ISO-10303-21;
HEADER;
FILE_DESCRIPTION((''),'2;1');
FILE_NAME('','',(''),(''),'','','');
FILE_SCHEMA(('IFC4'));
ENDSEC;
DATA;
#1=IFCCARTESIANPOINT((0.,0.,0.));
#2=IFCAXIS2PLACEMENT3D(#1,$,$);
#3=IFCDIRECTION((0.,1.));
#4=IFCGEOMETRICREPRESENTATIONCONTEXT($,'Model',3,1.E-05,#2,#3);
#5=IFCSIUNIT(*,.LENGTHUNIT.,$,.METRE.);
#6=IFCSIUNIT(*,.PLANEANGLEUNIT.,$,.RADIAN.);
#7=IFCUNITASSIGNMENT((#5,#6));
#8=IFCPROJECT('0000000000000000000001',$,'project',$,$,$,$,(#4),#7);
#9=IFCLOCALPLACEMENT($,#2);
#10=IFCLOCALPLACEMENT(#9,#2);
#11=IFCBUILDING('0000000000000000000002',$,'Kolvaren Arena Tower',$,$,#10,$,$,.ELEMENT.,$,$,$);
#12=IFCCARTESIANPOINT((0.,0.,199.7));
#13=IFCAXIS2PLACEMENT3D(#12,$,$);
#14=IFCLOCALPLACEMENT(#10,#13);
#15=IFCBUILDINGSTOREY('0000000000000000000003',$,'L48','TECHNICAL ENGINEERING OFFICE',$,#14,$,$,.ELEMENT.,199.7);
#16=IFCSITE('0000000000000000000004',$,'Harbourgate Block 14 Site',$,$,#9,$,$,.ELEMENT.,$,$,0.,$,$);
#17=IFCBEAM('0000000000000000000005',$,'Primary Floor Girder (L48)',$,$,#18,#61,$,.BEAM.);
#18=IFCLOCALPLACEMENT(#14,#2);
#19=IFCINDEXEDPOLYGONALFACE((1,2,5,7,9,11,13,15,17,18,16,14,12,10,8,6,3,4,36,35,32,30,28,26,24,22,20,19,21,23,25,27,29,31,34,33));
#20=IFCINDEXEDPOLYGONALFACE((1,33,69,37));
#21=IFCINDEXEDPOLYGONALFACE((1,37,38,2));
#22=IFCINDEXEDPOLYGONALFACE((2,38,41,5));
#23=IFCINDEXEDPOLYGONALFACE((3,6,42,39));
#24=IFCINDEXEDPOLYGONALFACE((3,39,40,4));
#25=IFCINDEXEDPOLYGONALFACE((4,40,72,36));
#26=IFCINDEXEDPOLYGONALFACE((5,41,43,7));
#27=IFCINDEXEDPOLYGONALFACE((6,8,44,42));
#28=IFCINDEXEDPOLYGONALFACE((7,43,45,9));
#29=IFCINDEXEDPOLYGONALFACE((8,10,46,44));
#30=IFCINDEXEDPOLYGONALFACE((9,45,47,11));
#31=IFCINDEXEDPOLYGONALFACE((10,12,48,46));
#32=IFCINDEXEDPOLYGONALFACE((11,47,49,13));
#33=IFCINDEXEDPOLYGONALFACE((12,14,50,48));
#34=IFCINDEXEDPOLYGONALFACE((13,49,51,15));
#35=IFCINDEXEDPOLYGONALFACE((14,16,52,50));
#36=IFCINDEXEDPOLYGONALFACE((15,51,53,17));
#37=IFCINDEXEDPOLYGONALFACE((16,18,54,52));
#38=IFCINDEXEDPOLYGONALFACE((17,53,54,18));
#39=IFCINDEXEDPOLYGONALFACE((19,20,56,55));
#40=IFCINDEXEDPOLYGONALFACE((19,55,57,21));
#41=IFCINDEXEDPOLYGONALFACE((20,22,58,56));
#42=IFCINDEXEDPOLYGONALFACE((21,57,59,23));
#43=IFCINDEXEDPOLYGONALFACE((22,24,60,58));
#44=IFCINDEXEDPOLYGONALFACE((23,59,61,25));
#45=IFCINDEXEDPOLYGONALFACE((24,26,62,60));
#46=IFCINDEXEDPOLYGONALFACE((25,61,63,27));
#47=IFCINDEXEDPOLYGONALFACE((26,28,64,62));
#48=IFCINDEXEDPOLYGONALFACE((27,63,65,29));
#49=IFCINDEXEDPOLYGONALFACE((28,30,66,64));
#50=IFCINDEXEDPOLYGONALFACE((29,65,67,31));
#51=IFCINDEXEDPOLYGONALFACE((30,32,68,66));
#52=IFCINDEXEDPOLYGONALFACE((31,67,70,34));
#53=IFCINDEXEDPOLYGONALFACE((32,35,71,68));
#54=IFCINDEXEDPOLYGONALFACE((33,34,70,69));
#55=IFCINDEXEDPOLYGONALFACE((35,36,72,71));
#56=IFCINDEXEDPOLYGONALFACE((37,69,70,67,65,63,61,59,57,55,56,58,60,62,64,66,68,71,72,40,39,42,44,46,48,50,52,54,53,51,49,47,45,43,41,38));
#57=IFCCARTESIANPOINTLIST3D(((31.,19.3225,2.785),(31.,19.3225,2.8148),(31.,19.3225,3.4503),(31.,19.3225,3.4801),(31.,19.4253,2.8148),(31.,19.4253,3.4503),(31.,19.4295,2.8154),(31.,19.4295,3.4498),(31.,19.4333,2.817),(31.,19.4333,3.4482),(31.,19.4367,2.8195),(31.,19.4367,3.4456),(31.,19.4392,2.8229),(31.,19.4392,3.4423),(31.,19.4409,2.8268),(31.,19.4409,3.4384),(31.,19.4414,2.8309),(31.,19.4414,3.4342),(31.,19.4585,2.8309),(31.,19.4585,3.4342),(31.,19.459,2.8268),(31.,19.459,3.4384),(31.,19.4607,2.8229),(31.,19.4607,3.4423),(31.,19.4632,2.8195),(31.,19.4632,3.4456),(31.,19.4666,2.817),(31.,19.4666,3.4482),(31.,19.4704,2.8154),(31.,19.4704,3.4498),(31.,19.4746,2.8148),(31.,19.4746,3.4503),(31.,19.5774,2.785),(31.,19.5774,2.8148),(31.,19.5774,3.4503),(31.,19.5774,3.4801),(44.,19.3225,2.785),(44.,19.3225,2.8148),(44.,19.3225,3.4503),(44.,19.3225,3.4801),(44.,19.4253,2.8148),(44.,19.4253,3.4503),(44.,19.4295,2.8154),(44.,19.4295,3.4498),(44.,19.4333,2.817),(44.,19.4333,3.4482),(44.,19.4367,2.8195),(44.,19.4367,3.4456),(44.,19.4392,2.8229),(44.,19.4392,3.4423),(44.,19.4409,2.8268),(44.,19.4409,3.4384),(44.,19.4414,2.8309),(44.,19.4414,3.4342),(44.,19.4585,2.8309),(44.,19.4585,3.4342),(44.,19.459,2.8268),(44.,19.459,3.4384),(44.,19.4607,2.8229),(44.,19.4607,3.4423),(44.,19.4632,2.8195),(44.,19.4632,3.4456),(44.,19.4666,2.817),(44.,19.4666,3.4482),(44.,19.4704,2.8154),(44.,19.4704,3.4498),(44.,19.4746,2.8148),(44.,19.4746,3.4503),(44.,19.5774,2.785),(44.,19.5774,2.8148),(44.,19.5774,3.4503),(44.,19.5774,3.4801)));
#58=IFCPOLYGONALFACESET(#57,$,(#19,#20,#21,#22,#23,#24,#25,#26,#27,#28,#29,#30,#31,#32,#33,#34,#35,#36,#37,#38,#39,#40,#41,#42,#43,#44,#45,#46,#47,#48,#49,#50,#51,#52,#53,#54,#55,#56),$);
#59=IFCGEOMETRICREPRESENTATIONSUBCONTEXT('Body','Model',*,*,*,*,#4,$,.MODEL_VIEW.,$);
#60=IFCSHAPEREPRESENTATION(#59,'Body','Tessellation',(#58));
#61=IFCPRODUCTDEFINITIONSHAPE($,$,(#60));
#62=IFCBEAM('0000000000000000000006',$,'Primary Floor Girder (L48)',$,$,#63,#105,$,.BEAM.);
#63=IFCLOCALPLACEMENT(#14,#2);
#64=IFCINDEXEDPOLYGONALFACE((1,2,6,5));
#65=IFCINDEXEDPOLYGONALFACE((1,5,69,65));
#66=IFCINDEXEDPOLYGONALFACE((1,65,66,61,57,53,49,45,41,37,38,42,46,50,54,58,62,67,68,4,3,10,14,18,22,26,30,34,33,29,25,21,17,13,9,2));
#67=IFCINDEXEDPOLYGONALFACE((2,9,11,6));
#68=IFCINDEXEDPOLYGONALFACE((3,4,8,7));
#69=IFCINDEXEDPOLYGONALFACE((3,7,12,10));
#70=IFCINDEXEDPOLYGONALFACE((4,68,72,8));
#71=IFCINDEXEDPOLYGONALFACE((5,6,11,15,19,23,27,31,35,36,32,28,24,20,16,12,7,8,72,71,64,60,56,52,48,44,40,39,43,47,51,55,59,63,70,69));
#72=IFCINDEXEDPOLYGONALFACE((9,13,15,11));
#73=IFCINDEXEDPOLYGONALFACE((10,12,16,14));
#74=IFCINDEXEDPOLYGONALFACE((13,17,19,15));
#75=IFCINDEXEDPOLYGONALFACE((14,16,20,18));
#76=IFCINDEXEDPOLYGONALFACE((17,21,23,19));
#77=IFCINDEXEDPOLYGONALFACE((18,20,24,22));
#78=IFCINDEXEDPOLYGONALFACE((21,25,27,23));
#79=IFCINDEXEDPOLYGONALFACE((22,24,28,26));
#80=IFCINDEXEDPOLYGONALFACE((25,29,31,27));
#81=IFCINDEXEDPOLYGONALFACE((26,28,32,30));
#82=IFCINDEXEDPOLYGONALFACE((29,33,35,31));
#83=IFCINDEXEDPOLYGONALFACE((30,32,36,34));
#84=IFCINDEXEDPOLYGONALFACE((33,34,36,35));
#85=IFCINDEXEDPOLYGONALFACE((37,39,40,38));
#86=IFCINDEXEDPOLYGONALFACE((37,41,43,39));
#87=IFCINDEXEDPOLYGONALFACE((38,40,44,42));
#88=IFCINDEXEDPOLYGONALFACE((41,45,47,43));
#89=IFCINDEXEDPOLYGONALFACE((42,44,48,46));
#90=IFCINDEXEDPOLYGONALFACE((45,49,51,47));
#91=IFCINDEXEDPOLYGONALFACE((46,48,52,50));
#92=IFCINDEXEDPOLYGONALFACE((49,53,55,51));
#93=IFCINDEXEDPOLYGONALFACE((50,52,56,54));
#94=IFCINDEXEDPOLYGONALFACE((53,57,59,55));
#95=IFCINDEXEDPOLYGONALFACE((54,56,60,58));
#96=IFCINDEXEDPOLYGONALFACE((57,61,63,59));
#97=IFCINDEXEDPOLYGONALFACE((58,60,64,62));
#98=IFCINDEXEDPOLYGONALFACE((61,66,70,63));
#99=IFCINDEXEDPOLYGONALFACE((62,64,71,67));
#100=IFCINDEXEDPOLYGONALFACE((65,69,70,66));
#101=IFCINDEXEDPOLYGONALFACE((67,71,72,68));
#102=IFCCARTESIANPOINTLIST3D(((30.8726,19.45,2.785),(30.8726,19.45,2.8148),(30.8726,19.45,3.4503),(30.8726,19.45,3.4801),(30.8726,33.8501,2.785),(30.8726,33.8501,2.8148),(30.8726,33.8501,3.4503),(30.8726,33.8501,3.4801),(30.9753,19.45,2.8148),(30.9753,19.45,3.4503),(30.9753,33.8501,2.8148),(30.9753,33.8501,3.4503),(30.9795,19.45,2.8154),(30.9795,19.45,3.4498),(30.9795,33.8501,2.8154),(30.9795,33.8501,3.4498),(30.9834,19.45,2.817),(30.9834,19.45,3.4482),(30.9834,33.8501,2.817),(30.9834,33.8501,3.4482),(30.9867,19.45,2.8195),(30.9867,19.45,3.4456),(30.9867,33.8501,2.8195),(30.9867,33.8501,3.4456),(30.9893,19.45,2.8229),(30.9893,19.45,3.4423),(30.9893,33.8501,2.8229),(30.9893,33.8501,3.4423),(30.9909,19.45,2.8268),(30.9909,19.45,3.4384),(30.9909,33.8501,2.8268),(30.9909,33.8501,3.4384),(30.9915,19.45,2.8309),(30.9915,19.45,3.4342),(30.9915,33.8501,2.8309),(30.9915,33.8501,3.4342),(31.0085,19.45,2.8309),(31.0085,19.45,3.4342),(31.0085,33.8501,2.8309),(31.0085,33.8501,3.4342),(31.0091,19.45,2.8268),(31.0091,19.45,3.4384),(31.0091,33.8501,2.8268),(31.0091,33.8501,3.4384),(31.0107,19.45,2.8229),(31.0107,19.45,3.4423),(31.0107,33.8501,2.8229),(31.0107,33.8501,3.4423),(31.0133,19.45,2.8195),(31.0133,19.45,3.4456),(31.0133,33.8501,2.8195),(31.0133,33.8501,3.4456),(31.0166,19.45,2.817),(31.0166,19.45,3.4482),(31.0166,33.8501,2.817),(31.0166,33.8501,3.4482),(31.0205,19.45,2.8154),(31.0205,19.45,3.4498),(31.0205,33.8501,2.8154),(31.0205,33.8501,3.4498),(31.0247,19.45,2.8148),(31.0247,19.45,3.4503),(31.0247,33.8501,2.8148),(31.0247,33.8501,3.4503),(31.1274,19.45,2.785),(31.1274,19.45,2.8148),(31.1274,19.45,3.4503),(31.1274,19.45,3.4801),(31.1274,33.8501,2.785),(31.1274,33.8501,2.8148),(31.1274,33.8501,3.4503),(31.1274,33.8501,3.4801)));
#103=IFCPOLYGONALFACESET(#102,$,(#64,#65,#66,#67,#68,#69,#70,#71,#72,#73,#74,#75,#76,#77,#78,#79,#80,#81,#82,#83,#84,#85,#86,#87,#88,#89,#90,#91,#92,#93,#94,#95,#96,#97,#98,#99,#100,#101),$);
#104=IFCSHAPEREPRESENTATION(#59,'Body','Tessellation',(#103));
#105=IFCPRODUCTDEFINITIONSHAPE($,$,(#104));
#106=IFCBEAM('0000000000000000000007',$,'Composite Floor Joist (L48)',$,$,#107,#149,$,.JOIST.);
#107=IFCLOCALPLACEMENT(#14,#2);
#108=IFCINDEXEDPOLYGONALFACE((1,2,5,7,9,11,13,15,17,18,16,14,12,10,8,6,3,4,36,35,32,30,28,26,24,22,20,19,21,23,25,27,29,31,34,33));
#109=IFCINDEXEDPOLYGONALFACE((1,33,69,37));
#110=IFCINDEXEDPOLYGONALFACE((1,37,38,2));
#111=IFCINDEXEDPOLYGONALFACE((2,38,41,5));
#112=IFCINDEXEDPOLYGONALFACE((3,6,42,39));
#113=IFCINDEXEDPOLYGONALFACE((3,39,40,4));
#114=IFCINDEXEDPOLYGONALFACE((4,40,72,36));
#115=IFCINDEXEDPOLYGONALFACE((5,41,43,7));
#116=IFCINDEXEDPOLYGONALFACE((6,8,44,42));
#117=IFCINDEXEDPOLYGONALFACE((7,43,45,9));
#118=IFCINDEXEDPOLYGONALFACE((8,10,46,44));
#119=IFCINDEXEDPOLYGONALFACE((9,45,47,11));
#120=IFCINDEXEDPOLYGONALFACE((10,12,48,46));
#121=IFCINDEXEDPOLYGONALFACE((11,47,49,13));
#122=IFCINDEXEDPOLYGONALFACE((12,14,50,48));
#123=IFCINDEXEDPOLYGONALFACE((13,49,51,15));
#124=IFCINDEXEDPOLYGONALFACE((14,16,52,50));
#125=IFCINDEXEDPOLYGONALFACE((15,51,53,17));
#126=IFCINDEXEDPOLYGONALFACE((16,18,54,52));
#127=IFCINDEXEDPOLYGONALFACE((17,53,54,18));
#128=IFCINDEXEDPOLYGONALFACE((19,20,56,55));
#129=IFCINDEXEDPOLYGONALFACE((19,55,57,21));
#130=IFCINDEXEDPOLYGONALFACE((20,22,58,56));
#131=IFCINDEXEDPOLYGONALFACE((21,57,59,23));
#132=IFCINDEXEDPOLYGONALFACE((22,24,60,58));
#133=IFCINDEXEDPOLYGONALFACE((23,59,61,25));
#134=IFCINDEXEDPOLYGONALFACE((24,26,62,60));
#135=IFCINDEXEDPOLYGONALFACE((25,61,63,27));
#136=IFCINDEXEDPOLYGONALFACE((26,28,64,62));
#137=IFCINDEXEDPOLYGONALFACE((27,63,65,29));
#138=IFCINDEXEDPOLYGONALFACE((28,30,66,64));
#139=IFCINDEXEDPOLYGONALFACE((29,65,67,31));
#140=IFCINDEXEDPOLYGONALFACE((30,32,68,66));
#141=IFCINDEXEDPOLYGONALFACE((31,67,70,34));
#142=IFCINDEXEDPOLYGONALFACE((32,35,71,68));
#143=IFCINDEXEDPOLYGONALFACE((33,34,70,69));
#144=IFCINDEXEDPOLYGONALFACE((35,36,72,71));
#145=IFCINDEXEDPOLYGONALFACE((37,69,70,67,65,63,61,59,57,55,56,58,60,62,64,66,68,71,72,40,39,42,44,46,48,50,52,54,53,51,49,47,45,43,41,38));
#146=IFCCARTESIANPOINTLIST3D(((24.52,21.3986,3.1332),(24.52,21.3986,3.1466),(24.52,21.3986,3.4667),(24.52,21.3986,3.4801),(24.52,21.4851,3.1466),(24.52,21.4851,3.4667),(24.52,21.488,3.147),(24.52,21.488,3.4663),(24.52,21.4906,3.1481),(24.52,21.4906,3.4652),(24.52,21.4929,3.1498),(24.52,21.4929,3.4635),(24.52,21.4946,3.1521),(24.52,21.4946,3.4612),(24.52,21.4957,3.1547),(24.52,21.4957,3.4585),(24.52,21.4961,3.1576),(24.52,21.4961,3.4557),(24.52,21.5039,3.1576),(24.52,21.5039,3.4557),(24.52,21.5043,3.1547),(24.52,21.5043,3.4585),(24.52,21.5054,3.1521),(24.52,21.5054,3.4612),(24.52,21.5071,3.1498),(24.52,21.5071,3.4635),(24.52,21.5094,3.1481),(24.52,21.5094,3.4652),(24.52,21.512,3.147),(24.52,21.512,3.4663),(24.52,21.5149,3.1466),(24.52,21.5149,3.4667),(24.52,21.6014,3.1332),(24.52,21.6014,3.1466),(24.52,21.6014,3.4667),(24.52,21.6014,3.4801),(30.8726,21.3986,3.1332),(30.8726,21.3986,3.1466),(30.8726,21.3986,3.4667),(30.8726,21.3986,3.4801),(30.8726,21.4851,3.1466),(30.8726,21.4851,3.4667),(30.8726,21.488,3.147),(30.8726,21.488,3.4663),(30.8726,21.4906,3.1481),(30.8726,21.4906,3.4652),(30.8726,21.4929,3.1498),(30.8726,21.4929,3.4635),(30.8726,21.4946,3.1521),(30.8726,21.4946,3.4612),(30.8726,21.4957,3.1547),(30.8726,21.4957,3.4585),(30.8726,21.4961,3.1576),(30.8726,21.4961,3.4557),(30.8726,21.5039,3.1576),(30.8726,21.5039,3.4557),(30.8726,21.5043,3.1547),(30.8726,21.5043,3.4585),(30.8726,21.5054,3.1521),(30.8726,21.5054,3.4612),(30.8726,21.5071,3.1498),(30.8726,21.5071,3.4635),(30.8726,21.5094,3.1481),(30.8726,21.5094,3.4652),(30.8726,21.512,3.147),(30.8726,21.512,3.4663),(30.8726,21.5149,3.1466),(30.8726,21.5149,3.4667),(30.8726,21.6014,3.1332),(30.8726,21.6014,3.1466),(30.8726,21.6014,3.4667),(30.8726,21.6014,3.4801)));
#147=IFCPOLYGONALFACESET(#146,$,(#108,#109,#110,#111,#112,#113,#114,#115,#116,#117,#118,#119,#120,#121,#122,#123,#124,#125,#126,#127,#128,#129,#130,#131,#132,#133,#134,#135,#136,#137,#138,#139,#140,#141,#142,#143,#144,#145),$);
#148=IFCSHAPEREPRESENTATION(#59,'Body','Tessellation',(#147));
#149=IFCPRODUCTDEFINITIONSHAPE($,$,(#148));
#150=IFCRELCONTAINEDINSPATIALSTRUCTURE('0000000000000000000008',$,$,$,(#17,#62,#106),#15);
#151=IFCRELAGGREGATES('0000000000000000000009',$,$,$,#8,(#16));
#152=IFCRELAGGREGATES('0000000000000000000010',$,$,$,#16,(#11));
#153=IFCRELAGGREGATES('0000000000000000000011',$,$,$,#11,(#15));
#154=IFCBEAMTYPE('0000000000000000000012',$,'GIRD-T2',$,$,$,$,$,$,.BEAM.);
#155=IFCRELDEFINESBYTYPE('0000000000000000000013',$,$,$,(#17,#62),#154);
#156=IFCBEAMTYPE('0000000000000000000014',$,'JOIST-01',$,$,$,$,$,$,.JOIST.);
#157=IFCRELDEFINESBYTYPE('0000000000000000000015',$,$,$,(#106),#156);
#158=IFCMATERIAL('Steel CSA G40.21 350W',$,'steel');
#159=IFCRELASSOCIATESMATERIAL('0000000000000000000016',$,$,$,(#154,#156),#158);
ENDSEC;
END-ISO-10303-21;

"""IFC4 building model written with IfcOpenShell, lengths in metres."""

from ifc_helpers import new_model, si_unit, direction, frame, origin, origin_2d, place, context, subcontext, project, spatial, i_section, extrude, material, material_profile, profile_set, type_object, element, save


model = new_model("IFC4")

# Units and contexts
model_context = context("Model", 3, precision=1e-05, world=origin(), true_north=direction((0.0, 1.0)))
body_context = subcontext(model_context, "Body", "Model", "MODEL_VIEW")
ifc_project = project(units=[si_unit("LENGTHUNIT", "METRE"), si_unit("PLANEANGLEUNIT", "RADIAN")], contexts=[model_context])

# Site, building, storey
site_placement = place(None, origin())
site = spatial("IfcSite", under=ifc_project, at=site_placement, Name="Harbourgate Block 14 Site", CompositionType="ELEMENT", RefElevation=0.0)
building_placement = place(site_placement, origin())
building = spatial("IfcBuilding", under=site, at=building_placement, Name="Kolvaren Arena Tower", CompositionType="ELEMENT")
storey_placement = place(building_placement, frame((0.0, 0.0, 199.7)))
storey = spatial("IfcBuildingStorey", under=building, at=storey_placement, Name="L48", Description="TECHNICAL ENGINEERING OFFICE", CompositionType="ELEMENT", Elevation=199.7)

# Beams
ifc_material_1 = material(Name="Steel CSA G40.21 350W", Category="steel")
ifc_material_profile_1 = material_profile(ifc_material_1, i_section(OverallWidth=0.2549, OverallDepth=0.6951, WebThickness=0.0171, FlangeThickness=0.0298, FilletRadius=0.0161, at=origin_2d()), Name="W690x217")
ifc_profile_set_1 = profile_set([ifc_material_profile_1], Name="Steel CSA G40.21 350W")
beam_type_1 = type_object("IfcBeamType", Name="GIRD-T2", PredefinedType="BEAM", material=ifc_profile_set_1)
beam_1_placement = place(storey_placement, frame((31.0, 19.45, 3.1326), z_axis=(1.0, 0.0, 0.0), x_axis=(0.0, 1.0, 0.0)))
element("IfcBeam", 1, at=beam_1_placement, inside=storey, type_object=beam_type_1, Name="Primary Floor Girder (L48)", PredefinedType="BEAM", context=body_context, shape_type="SweptSolid", body=[
    extrude(i_section(OverallWidth=0.2549, OverallDepth=0.6951, WebThickness=0.0171, FlangeThickness=0.0298, FilletRadius=0.0161, at=origin_2d()), origin(), (0.0, 0.0, 1.0), 13.0),
])
beam_2_placement = place(storey_placement, frame((31.0, 19.45, 3.1326), z_axis=(0.0, 1.0, 0.0), x_axis=(-1.0, 0.0, 0.0)))
element("IfcBeam", 2, at=beam_2_placement, inside=storey, type_object=beam_type_1, Name="Primary Floor Girder (L48)", PredefinedType="BEAM", context=body_context, shape_type="SweptSolid", body=[
    extrude(i_section(OverallWidth=0.2549, OverallDepth=0.6951, WebThickness=0.0171, FlangeThickness=0.0298, FilletRadius=0.0161, at=origin_2d()), origin(), (0.0, 0.0, 1.0), 14.4001),
])
ifc_material_profile_2 = material_profile(ifc_material_1, i_section(OverallWidth=0.2029, OverallDepth=0.3469, WebThickness=0.0078, FlangeThickness=0.0134, FilletRadius=0.011, at=origin_2d()), Name="W360x64")
ifc_profile_set_2 = profile_set([ifc_material_profile_2], Name="Steel CSA G40.21 350W")
beam_type_2 = type_object("IfcBeamType", Name="JOIST-01", PredefinedType="JOIST", material=ifc_profile_set_2)
beam_3_placement = place(storey_placement, frame((24.52, 21.5, 3.3066), z_axis=(1.0, 0.0, 0.0), x_axis=(0.0, 1.0, 0.0)))
element("IfcBeam", 3, at=beam_3_placement, inside=storey, type_object=beam_type_2, Name="Composite Floor Joist (L48)", PredefinedType="JOIST", context=body_context, shape_type="SweptSolid", body=[
    extrude(i_section(OverallWidth=0.2029, OverallDepth=0.3469, WebThickness=0.0078, FlangeThickness=0.0134, FilletRadius=0.011, at=origin_2d()), origin(), (0.0, 0.0, 1.0), 6.3525),
])

save(model, "model.ifc")
